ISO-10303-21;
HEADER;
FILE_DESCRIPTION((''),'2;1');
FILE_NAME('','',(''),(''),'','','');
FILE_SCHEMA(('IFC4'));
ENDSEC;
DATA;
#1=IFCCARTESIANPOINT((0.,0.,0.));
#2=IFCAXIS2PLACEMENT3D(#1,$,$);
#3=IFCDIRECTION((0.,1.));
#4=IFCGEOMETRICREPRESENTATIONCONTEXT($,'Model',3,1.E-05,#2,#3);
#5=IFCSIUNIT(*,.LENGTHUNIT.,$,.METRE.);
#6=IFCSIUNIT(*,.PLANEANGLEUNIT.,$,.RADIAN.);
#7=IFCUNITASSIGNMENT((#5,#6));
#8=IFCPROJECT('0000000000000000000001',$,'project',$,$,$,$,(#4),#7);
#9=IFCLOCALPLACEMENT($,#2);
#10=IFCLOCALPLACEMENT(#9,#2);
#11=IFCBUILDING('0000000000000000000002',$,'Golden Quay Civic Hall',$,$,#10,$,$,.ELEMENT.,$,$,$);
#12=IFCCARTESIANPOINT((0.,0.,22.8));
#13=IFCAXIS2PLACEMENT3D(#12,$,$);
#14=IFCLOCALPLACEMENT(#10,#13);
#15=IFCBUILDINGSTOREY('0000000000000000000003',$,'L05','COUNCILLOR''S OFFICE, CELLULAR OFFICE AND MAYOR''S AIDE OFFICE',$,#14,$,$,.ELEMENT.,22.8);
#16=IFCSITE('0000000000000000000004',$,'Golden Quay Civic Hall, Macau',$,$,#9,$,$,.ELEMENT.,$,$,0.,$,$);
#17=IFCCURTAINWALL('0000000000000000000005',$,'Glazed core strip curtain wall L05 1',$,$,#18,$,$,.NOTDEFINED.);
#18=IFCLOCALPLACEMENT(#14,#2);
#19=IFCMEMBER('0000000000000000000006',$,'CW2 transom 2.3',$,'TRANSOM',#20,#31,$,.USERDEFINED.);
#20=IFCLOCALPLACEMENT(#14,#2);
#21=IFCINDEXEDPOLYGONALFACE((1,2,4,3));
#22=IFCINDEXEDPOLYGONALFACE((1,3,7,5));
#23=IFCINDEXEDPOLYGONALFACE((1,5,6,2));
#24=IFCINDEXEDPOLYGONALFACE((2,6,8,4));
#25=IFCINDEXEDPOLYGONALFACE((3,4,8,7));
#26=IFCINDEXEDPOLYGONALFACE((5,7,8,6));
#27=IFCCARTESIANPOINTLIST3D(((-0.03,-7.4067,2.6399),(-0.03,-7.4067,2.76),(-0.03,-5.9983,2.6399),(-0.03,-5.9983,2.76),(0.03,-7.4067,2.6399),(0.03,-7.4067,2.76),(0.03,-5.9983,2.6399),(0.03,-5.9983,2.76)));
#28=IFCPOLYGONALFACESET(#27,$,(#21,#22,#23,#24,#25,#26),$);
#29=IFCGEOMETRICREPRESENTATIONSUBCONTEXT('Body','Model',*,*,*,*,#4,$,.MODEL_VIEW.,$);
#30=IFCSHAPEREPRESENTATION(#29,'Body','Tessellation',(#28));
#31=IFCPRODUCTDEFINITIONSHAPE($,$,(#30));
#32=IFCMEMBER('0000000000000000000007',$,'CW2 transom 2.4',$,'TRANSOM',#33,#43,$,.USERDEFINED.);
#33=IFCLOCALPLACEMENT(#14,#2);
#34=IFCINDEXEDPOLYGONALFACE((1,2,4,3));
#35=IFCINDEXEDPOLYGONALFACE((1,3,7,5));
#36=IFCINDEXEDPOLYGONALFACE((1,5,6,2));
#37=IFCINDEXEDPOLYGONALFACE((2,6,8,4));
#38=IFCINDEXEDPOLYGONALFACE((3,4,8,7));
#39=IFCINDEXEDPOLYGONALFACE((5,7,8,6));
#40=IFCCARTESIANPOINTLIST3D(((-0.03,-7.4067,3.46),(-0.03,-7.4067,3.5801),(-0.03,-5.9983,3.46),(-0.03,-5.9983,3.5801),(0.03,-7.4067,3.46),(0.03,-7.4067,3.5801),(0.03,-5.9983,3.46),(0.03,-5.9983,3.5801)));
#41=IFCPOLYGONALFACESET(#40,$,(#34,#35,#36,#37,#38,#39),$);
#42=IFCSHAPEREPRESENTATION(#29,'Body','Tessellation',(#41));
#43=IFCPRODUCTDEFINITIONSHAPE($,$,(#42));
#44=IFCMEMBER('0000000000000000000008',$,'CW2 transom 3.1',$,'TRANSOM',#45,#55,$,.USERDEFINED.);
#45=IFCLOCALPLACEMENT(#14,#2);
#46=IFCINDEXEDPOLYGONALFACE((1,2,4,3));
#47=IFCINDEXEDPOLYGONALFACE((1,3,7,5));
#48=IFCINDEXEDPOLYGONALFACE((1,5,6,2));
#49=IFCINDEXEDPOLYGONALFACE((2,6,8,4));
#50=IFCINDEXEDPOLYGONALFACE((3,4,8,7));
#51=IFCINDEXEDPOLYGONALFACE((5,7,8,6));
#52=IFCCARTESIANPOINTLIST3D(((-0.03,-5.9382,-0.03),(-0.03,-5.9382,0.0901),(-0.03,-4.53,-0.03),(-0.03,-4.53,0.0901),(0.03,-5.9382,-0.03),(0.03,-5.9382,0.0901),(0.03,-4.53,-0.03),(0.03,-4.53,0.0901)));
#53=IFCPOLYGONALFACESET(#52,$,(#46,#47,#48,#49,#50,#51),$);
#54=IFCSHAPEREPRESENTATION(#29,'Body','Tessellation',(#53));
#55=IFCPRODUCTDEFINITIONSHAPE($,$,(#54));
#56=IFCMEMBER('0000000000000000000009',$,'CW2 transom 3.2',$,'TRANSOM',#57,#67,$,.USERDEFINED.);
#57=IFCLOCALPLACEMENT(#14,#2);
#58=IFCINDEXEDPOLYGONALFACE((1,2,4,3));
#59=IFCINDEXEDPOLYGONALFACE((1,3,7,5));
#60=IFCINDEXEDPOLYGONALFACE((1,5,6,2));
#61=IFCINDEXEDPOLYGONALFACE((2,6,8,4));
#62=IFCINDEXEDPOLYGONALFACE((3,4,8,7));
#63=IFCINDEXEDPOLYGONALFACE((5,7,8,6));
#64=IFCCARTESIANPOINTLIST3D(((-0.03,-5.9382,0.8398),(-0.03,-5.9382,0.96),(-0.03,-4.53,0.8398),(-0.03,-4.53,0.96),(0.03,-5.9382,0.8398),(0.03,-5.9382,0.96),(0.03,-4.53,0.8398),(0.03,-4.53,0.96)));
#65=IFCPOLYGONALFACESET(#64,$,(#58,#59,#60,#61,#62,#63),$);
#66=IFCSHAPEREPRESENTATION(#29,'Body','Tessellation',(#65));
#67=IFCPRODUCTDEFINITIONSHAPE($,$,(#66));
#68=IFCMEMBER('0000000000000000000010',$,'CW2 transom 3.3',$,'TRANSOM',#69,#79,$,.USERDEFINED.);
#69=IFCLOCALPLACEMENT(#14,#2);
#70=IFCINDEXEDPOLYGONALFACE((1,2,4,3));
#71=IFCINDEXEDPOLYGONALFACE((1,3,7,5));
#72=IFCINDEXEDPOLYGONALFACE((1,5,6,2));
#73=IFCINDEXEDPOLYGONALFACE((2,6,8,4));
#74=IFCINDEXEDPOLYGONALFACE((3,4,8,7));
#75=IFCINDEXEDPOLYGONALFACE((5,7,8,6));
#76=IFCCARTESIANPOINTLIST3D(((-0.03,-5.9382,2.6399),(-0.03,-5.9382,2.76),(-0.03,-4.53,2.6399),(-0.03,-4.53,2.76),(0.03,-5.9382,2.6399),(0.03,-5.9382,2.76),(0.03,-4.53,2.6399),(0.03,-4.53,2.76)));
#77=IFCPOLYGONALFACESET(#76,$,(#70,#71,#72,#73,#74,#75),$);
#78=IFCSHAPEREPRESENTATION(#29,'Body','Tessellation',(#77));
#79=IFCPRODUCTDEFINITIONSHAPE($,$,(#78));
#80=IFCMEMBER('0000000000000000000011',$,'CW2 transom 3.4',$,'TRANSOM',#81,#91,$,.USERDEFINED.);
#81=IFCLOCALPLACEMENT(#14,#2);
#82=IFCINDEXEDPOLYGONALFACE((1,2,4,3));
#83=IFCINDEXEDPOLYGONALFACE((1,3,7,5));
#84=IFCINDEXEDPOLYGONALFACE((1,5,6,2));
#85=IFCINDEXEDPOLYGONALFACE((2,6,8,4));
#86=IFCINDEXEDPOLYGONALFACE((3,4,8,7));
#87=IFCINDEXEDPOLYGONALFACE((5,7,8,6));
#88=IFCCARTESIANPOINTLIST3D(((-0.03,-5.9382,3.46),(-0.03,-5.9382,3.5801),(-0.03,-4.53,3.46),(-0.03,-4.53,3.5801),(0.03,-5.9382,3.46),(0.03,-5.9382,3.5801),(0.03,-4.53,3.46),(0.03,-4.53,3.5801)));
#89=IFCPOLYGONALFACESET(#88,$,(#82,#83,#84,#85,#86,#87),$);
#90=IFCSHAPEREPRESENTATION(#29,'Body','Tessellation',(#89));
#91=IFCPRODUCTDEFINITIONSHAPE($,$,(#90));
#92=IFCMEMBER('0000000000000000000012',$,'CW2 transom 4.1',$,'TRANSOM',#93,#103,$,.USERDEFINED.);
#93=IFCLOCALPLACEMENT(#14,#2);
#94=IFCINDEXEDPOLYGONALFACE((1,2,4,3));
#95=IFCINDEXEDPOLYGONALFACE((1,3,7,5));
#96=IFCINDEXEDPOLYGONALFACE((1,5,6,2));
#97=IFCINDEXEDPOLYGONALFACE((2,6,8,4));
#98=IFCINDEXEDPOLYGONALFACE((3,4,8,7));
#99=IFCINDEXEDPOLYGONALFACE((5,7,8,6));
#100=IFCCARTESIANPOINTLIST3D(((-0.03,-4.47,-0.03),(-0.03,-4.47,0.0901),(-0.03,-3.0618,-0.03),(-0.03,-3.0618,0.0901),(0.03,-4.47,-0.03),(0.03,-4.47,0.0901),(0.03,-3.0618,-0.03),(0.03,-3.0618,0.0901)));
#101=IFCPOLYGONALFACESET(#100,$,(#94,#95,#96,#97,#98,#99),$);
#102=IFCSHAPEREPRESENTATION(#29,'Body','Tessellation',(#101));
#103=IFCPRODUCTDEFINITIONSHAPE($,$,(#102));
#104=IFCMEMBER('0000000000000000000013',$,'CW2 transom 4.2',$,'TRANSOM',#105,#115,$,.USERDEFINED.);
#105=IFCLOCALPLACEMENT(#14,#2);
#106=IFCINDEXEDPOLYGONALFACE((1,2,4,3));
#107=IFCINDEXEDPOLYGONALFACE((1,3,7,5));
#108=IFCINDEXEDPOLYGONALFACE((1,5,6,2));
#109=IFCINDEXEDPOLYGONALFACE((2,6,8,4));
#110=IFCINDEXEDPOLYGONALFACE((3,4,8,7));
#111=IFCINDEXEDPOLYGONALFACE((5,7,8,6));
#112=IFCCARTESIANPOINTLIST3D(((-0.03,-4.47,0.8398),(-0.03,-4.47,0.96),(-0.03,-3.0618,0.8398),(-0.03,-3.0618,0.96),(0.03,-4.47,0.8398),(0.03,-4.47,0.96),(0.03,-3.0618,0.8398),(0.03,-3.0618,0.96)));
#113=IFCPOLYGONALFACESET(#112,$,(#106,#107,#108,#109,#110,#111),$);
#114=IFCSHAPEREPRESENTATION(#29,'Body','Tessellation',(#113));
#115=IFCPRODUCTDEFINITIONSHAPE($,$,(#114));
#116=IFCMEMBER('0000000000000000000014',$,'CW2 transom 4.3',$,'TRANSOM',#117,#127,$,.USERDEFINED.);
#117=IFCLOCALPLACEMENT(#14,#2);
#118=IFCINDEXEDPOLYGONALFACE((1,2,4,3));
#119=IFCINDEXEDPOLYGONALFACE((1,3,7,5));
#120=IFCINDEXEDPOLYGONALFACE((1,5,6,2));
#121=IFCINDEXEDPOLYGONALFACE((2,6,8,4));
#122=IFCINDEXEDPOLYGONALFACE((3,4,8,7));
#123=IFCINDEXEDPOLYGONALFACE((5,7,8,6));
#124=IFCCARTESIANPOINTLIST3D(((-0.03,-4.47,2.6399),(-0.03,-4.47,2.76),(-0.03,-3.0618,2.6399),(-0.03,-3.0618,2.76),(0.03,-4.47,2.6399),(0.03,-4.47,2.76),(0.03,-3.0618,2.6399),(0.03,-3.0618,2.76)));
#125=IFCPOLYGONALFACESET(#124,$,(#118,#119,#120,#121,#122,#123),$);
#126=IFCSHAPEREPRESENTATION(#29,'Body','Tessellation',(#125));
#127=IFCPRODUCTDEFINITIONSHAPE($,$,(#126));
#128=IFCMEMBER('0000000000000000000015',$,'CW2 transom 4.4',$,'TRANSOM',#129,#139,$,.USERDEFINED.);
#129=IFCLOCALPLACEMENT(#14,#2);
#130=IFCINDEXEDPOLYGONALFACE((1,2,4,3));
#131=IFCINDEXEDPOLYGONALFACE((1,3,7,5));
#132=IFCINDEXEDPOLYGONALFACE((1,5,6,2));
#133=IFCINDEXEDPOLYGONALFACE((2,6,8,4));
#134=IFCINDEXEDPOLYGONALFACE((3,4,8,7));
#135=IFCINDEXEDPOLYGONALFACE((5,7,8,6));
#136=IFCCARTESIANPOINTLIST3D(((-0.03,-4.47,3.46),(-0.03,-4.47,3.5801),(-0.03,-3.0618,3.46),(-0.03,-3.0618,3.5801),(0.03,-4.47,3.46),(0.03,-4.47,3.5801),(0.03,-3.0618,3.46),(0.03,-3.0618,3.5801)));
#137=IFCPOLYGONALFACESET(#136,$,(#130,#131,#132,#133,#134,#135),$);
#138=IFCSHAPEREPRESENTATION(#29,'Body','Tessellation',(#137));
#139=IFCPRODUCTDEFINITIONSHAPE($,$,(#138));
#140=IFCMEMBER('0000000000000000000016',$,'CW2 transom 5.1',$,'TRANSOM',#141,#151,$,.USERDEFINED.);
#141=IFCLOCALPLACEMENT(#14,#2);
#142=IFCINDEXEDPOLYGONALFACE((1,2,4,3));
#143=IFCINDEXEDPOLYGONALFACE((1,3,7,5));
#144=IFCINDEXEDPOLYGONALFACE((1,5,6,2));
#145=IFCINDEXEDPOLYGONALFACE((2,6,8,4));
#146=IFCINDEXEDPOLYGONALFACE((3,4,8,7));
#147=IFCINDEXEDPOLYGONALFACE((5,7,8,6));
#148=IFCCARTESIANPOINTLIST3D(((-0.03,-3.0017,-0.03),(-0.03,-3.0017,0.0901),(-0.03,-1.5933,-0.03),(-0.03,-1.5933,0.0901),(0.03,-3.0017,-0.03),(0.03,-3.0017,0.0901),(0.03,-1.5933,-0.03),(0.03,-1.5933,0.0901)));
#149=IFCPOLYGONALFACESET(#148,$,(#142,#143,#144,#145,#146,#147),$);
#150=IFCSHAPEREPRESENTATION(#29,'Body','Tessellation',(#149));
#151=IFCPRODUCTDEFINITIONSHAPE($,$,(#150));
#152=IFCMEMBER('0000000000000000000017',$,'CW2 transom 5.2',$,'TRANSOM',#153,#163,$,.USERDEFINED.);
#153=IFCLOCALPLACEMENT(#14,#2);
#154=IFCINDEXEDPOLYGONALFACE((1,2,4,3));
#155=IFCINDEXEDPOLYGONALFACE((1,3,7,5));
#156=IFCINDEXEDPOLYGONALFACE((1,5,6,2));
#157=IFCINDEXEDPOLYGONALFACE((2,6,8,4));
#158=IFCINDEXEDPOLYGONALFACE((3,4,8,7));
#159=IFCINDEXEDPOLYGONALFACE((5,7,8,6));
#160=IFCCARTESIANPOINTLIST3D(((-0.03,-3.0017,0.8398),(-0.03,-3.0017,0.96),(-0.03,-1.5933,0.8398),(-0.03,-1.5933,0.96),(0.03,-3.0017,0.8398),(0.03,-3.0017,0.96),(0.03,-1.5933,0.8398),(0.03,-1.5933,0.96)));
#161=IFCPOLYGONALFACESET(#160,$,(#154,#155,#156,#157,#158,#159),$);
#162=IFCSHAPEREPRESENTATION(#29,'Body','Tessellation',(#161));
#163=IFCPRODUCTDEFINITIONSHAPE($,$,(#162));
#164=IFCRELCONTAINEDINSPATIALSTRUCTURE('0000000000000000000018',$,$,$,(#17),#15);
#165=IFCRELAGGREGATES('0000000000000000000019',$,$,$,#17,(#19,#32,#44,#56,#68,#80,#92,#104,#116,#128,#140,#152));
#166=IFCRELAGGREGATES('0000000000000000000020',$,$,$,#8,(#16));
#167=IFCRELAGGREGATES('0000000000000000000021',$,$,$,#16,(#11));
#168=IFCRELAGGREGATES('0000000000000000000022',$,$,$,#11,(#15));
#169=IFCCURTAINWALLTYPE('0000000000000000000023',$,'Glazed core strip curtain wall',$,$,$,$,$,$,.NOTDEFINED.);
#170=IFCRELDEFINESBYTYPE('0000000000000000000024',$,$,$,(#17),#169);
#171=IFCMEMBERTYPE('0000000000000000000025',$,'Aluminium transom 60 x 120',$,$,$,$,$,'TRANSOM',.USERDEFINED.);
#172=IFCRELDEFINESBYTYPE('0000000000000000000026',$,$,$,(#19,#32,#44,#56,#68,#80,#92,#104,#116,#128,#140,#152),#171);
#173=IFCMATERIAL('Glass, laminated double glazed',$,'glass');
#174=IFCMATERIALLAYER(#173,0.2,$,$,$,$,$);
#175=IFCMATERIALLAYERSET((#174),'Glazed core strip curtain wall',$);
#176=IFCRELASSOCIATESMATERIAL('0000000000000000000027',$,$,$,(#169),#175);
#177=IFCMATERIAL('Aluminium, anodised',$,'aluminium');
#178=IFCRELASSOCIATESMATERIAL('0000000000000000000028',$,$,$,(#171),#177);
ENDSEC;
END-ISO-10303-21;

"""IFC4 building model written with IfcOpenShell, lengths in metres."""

from ifc_helpers import new_model, si_unit, direction, frame, origin, origin_2d, place, context, subcontext, project, spatial, rectangle, extrude, material, layer, layer_set, material_profile, profile_set, type_object, element, aggregate, save


model = new_model("IFC4")

# Units and contexts
model_context = context("Model", 3, precision=1e-05, world=origin(), true_north=direction((0.0, 1.0)))
body_context = subcontext(model_context, "Body", "Model", "MODEL_VIEW")
ifc_project = project(units=[si_unit("LENGTHUNIT", "METRE"), si_unit("PLANEANGLEUNIT", "RADIAN")], contexts=[model_context])

# Site, building, storey
site_placement = place(None, origin())
site = spatial("IfcSite", under=ifc_project, at=site_placement, Name="Golden Quay Civic Hall, Macau", CompositionType="ELEMENT", RefElevation=0.0)
building_placement = place(site_placement, origin())
building = spatial("IfcBuilding", under=site, at=building_placement, Name="Golden Quay Civic Hall", CompositionType="ELEMENT")
storey_placement = place(building_placement, frame((0.0, 0.0, 22.8)))
storey = spatial("IfcBuildingStorey", under=building, at=storey_placement, Name="L05", Description="COUNCILLOR'S OFFICE, CELLULAR OFFICE AND MAYOR'S AIDE OFFICE", CompositionType="ELEMENT", Elevation=22.8)

# Curtain wall, members
ifc_material_1 = material(Name="Glass, laminated double glazed", Category="glass")
ifc_layer_1 = layer(ifc_material_1, 0.2)
ifc_layer_set_1 = layer_set([ifc_layer_1], Name="Glazed core strip curtain wall")
curtain_wall_type = type_object("IfcCurtainWallType", Name="Glazed core strip curtain wall", PredefinedType="NOTDEFINED", material=ifc_layer_set_1)
curtain_wall_placement = place(storey_placement, origin())
curtain_wall = element("IfcCurtainWall", 1, at=curtain_wall_placement, inside=storey, type_object=curtain_wall_type, Name="Glazed core strip curtain wall L05 1", PredefinedType="NOTDEFINED")
ifc_material_2 = material(Name="Aluminium, anodised", Category="aluminium")
ifc_material_profile_1 = material_profile(ifc_material_2, rectangle(XDim=0.0601, YDim=0.1201, at=origin_2d()), Name="Aluminium 60 x 120")
ifc_profile_set_1 = profile_set([ifc_material_profile_1], Name="Aluminium, anodised")
member_type_1 = type_object("IfcMemberType", Name="Aluminium transom 60 x 120", ElementType="TRANSOM", PredefinedType="USERDEFINED", material=ifc_profile_set_1)
member_1_placement = place(storey_placement, frame((0.0, -7.4067, 2.7), z_axis=(0.0, 1.0, 0.0), x_axis=(-1.0, 0.0, 0.0)))
member_1 = element("IfcMember", 2, at=member_1_placement, type_object=member_type_1, Name="CW2 transom 2.3", ObjectType="TRANSOM", PredefinedType="USERDEFINED", context=body_context, shape_type="SweptSolid", body=[
    extrude(rectangle(XDim=0.0601, YDim=0.1201, at=origin_2d()), origin(), (0.0, 0.0, 1.0), 1.4084),
])
member_2_placement = place(storey_placement, frame((0.0, -7.4067, 3.52), z_axis=(0.0, 1.0, 0.0), x_axis=(-1.0, 0.0, 0.0)))
member_2 = element("IfcMember", 3, at=member_2_placement, type_object=member_type_1, Name="CW2 transom 2.4", ObjectType="TRANSOM", PredefinedType="USERDEFINED", context=body_context, shape_type="SweptSolid", body=[
    extrude(rectangle(XDim=0.0601, YDim=0.1201, at=origin_2d()), origin(), (0.0, 0.0, 1.0), 1.4084),
])
member_3_placement = place(storey_placement, frame((0.0, -5.9382, 0.03), z_axis=(0.0, 1.0, 0.0), x_axis=(-1.0, 0.0, 0.0)))
member_3 = element("IfcMember", 4, at=member_3_placement, type_object=member_type_1, Name="CW2 transom 3.1", ObjectType="TRANSOM", PredefinedType="USERDEFINED", context=body_context, shape_type="SweptSolid", body=[
    extrude(rectangle(XDim=0.0601, YDim=0.1201, at=origin_2d()), origin(), (0.0, 0.0, 1.0), 1.4082),
])
member_4_placement = place(storey_placement, frame((0.0, -5.9382, 0.8999), z_axis=(0.0, 1.0, 0.0), x_axis=(-1.0, 0.0, 0.0)))
member_4 = element("IfcMember", 5, at=member_4_placement, type_object=member_type_1, Name="CW2 transom 3.2", ObjectType="TRANSOM", PredefinedType="USERDEFINED", context=body_context, shape_type="SweptSolid", body=[
    extrude(rectangle(XDim=0.0601, YDim=0.1201, at=origin_2d()), origin(), (0.0, 0.0, 1.0), 1.4082),
])
member_5_placement = place(storey_placement, frame((0.0, -5.9382, 2.7), z_axis=(0.0, 1.0, 0.0), x_axis=(-1.0, 0.0, 0.0)))
member_5 = element("IfcMember", 6, at=member_5_placement, type_object=member_type_1, Name="CW2 transom 3.3", ObjectType="TRANSOM", PredefinedType="USERDEFINED", context=body_context, shape_type="SweptSolid", body=[
    extrude(rectangle(XDim=0.0601, YDim=0.1201, at=origin_2d()), origin(), (0.0, 0.0, 1.0), 1.4082),
])
member_6_placement = place(storey_placement, frame((0.0, -5.9382, 3.52), z_axis=(0.0, 1.0, 0.0), x_axis=(-1.0, 0.0, 0.0)))
member_6 = element("IfcMember", 7, at=member_6_placement, type_object=member_type_1, Name="CW2 transom 3.4", ObjectType="TRANSOM", PredefinedType="USERDEFINED", context=body_context, shape_type="SweptSolid", body=[
    extrude(rectangle(XDim=0.0601, YDim=0.1201, at=origin_2d()), origin(), (0.0, 0.0, 1.0), 1.4082),
])
member_7_placement = place(storey_placement, frame((0.0, -4.47, 0.03), z_axis=(0.0, 1.0, 0.0), x_axis=(-1.0, 0.0, 0.0)))
member_7 = element("IfcMember", 8, at=member_7_placement, type_object=member_type_1, Name="CW2 transom 4.1", ObjectType="TRANSOM", PredefinedType="USERDEFINED", context=body_context, shape_type="SweptSolid", body=[
    extrude(rectangle(XDim=0.0601, YDim=0.1201, at=origin_2d()), origin(), (0.0, 0.0, 1.0), 1.4082),
])
member_8_placement = place(storey_placement, frame((0.0, -4.47, 0.8999), z_axis=(0.0, 1.0, 0.0), x_axis=(-1.0, 0.0, 0.0)))
member_8 = element("IfcMember", 9, at=member_8_placement, type_object=member_type_1, Name="CW2 transom 4.2", ObjectType="TRANSOM", PredefinedType="USERDEFINED", context=body_context, shape_type="SweptSolid", body=[
    extrude(rectangle(XDim=0.0601, YDim=0.1201, at=origin_2d()), origin(), (0.0, 0.0, 1.0), 1.4082),
])
member_9_placement = place(storey_placement, frame((0.0, -4.47, 2.7), z_axis=(0.0, 1.0, 0.0), x_axis=(-1.0, 0.0, 0.0)))
member_9 = element("IfcMember", 10, at=member_9_placement, type_object=member_type_1, Name="CW2 transom 4.3", ObjectType="TRANSOM", PredefinedType="USERDEFINED", context=body_context, shape_type="SweptSolid", body=[
    extrude(rectangle(XDim=0.0601, YDim=0.1201, at=origin_2d()), origin(), (0.0, 0.0, 1.0), 1.4082),
])
member_10_placement = place(storey_placement, frame((0.0, -4.47, 3.52), z_axis=(0.0, 1.0, 0.0), x_axis=(-1.0, 0.0, 0.0)))
member_10 = element("IfcMember", 11, at=member_10_placement, type_object=member_type_1, Name="CW2 transom 4.4", ObjectType="TRANSOM", PredefinedType="USERDEFINED", context=body_context, shape_type="SweptSolid", body=[
    extrude(rectangle(XDim=0.0601, YDim=0.1201, at=origin_2d()), origin(), (0.0, 0.0, 1.0), 1.4082),
])
member_11_placement = place(storey_placement, frame((0.0, -3.0017, 0.03), z_axis=(0.0, 1.0, 0.0), x_axis=(-1.0, 0.0, 0.0)))
member_11 = element("IfcMember", 12, at=member_11_placement, type_object=member_type_1, Name="CW2 transom 5.1", ObjectType="TRANSOM", PredefinedType="USERDEFINED", context=body_context, shape_type="SweptSolid", body=[
    extrude(rectangle(XDim=0.0601, YDim=0.1201, at=origin_2d()), origin(), (0.0, 0.0, 1.0), 1.4084),
])
member_12_placement = place(storey_placement, frame((0.0, -3.0017, 0.8999), z_axis=(0.0, 1.0, 0.0), x_axis=(-1.0, 0.0, 0.0)))
member_12 = element("IfcMember", 13, at=member_12_placement, type_object=member_type_1, Name="CW2 transom 5.2", ObjectType="TRANSOM", PredefinedType="USERDEFINED", context=body_context, shape_type="SweptSolid", body=[
    extrude(rectangle(XDim=0.0601, YDim=0.1201, at=origin_2d()), origin(), (0.0, 0.0, 1.0), 1.4084),
])

aggregate(curtain_wall, [member_1, member_2, member_3, member_4, member_5, member_6, member_7, member_8, member_9, member_10, member_11, member_12])

save(model, "model.ifc")
